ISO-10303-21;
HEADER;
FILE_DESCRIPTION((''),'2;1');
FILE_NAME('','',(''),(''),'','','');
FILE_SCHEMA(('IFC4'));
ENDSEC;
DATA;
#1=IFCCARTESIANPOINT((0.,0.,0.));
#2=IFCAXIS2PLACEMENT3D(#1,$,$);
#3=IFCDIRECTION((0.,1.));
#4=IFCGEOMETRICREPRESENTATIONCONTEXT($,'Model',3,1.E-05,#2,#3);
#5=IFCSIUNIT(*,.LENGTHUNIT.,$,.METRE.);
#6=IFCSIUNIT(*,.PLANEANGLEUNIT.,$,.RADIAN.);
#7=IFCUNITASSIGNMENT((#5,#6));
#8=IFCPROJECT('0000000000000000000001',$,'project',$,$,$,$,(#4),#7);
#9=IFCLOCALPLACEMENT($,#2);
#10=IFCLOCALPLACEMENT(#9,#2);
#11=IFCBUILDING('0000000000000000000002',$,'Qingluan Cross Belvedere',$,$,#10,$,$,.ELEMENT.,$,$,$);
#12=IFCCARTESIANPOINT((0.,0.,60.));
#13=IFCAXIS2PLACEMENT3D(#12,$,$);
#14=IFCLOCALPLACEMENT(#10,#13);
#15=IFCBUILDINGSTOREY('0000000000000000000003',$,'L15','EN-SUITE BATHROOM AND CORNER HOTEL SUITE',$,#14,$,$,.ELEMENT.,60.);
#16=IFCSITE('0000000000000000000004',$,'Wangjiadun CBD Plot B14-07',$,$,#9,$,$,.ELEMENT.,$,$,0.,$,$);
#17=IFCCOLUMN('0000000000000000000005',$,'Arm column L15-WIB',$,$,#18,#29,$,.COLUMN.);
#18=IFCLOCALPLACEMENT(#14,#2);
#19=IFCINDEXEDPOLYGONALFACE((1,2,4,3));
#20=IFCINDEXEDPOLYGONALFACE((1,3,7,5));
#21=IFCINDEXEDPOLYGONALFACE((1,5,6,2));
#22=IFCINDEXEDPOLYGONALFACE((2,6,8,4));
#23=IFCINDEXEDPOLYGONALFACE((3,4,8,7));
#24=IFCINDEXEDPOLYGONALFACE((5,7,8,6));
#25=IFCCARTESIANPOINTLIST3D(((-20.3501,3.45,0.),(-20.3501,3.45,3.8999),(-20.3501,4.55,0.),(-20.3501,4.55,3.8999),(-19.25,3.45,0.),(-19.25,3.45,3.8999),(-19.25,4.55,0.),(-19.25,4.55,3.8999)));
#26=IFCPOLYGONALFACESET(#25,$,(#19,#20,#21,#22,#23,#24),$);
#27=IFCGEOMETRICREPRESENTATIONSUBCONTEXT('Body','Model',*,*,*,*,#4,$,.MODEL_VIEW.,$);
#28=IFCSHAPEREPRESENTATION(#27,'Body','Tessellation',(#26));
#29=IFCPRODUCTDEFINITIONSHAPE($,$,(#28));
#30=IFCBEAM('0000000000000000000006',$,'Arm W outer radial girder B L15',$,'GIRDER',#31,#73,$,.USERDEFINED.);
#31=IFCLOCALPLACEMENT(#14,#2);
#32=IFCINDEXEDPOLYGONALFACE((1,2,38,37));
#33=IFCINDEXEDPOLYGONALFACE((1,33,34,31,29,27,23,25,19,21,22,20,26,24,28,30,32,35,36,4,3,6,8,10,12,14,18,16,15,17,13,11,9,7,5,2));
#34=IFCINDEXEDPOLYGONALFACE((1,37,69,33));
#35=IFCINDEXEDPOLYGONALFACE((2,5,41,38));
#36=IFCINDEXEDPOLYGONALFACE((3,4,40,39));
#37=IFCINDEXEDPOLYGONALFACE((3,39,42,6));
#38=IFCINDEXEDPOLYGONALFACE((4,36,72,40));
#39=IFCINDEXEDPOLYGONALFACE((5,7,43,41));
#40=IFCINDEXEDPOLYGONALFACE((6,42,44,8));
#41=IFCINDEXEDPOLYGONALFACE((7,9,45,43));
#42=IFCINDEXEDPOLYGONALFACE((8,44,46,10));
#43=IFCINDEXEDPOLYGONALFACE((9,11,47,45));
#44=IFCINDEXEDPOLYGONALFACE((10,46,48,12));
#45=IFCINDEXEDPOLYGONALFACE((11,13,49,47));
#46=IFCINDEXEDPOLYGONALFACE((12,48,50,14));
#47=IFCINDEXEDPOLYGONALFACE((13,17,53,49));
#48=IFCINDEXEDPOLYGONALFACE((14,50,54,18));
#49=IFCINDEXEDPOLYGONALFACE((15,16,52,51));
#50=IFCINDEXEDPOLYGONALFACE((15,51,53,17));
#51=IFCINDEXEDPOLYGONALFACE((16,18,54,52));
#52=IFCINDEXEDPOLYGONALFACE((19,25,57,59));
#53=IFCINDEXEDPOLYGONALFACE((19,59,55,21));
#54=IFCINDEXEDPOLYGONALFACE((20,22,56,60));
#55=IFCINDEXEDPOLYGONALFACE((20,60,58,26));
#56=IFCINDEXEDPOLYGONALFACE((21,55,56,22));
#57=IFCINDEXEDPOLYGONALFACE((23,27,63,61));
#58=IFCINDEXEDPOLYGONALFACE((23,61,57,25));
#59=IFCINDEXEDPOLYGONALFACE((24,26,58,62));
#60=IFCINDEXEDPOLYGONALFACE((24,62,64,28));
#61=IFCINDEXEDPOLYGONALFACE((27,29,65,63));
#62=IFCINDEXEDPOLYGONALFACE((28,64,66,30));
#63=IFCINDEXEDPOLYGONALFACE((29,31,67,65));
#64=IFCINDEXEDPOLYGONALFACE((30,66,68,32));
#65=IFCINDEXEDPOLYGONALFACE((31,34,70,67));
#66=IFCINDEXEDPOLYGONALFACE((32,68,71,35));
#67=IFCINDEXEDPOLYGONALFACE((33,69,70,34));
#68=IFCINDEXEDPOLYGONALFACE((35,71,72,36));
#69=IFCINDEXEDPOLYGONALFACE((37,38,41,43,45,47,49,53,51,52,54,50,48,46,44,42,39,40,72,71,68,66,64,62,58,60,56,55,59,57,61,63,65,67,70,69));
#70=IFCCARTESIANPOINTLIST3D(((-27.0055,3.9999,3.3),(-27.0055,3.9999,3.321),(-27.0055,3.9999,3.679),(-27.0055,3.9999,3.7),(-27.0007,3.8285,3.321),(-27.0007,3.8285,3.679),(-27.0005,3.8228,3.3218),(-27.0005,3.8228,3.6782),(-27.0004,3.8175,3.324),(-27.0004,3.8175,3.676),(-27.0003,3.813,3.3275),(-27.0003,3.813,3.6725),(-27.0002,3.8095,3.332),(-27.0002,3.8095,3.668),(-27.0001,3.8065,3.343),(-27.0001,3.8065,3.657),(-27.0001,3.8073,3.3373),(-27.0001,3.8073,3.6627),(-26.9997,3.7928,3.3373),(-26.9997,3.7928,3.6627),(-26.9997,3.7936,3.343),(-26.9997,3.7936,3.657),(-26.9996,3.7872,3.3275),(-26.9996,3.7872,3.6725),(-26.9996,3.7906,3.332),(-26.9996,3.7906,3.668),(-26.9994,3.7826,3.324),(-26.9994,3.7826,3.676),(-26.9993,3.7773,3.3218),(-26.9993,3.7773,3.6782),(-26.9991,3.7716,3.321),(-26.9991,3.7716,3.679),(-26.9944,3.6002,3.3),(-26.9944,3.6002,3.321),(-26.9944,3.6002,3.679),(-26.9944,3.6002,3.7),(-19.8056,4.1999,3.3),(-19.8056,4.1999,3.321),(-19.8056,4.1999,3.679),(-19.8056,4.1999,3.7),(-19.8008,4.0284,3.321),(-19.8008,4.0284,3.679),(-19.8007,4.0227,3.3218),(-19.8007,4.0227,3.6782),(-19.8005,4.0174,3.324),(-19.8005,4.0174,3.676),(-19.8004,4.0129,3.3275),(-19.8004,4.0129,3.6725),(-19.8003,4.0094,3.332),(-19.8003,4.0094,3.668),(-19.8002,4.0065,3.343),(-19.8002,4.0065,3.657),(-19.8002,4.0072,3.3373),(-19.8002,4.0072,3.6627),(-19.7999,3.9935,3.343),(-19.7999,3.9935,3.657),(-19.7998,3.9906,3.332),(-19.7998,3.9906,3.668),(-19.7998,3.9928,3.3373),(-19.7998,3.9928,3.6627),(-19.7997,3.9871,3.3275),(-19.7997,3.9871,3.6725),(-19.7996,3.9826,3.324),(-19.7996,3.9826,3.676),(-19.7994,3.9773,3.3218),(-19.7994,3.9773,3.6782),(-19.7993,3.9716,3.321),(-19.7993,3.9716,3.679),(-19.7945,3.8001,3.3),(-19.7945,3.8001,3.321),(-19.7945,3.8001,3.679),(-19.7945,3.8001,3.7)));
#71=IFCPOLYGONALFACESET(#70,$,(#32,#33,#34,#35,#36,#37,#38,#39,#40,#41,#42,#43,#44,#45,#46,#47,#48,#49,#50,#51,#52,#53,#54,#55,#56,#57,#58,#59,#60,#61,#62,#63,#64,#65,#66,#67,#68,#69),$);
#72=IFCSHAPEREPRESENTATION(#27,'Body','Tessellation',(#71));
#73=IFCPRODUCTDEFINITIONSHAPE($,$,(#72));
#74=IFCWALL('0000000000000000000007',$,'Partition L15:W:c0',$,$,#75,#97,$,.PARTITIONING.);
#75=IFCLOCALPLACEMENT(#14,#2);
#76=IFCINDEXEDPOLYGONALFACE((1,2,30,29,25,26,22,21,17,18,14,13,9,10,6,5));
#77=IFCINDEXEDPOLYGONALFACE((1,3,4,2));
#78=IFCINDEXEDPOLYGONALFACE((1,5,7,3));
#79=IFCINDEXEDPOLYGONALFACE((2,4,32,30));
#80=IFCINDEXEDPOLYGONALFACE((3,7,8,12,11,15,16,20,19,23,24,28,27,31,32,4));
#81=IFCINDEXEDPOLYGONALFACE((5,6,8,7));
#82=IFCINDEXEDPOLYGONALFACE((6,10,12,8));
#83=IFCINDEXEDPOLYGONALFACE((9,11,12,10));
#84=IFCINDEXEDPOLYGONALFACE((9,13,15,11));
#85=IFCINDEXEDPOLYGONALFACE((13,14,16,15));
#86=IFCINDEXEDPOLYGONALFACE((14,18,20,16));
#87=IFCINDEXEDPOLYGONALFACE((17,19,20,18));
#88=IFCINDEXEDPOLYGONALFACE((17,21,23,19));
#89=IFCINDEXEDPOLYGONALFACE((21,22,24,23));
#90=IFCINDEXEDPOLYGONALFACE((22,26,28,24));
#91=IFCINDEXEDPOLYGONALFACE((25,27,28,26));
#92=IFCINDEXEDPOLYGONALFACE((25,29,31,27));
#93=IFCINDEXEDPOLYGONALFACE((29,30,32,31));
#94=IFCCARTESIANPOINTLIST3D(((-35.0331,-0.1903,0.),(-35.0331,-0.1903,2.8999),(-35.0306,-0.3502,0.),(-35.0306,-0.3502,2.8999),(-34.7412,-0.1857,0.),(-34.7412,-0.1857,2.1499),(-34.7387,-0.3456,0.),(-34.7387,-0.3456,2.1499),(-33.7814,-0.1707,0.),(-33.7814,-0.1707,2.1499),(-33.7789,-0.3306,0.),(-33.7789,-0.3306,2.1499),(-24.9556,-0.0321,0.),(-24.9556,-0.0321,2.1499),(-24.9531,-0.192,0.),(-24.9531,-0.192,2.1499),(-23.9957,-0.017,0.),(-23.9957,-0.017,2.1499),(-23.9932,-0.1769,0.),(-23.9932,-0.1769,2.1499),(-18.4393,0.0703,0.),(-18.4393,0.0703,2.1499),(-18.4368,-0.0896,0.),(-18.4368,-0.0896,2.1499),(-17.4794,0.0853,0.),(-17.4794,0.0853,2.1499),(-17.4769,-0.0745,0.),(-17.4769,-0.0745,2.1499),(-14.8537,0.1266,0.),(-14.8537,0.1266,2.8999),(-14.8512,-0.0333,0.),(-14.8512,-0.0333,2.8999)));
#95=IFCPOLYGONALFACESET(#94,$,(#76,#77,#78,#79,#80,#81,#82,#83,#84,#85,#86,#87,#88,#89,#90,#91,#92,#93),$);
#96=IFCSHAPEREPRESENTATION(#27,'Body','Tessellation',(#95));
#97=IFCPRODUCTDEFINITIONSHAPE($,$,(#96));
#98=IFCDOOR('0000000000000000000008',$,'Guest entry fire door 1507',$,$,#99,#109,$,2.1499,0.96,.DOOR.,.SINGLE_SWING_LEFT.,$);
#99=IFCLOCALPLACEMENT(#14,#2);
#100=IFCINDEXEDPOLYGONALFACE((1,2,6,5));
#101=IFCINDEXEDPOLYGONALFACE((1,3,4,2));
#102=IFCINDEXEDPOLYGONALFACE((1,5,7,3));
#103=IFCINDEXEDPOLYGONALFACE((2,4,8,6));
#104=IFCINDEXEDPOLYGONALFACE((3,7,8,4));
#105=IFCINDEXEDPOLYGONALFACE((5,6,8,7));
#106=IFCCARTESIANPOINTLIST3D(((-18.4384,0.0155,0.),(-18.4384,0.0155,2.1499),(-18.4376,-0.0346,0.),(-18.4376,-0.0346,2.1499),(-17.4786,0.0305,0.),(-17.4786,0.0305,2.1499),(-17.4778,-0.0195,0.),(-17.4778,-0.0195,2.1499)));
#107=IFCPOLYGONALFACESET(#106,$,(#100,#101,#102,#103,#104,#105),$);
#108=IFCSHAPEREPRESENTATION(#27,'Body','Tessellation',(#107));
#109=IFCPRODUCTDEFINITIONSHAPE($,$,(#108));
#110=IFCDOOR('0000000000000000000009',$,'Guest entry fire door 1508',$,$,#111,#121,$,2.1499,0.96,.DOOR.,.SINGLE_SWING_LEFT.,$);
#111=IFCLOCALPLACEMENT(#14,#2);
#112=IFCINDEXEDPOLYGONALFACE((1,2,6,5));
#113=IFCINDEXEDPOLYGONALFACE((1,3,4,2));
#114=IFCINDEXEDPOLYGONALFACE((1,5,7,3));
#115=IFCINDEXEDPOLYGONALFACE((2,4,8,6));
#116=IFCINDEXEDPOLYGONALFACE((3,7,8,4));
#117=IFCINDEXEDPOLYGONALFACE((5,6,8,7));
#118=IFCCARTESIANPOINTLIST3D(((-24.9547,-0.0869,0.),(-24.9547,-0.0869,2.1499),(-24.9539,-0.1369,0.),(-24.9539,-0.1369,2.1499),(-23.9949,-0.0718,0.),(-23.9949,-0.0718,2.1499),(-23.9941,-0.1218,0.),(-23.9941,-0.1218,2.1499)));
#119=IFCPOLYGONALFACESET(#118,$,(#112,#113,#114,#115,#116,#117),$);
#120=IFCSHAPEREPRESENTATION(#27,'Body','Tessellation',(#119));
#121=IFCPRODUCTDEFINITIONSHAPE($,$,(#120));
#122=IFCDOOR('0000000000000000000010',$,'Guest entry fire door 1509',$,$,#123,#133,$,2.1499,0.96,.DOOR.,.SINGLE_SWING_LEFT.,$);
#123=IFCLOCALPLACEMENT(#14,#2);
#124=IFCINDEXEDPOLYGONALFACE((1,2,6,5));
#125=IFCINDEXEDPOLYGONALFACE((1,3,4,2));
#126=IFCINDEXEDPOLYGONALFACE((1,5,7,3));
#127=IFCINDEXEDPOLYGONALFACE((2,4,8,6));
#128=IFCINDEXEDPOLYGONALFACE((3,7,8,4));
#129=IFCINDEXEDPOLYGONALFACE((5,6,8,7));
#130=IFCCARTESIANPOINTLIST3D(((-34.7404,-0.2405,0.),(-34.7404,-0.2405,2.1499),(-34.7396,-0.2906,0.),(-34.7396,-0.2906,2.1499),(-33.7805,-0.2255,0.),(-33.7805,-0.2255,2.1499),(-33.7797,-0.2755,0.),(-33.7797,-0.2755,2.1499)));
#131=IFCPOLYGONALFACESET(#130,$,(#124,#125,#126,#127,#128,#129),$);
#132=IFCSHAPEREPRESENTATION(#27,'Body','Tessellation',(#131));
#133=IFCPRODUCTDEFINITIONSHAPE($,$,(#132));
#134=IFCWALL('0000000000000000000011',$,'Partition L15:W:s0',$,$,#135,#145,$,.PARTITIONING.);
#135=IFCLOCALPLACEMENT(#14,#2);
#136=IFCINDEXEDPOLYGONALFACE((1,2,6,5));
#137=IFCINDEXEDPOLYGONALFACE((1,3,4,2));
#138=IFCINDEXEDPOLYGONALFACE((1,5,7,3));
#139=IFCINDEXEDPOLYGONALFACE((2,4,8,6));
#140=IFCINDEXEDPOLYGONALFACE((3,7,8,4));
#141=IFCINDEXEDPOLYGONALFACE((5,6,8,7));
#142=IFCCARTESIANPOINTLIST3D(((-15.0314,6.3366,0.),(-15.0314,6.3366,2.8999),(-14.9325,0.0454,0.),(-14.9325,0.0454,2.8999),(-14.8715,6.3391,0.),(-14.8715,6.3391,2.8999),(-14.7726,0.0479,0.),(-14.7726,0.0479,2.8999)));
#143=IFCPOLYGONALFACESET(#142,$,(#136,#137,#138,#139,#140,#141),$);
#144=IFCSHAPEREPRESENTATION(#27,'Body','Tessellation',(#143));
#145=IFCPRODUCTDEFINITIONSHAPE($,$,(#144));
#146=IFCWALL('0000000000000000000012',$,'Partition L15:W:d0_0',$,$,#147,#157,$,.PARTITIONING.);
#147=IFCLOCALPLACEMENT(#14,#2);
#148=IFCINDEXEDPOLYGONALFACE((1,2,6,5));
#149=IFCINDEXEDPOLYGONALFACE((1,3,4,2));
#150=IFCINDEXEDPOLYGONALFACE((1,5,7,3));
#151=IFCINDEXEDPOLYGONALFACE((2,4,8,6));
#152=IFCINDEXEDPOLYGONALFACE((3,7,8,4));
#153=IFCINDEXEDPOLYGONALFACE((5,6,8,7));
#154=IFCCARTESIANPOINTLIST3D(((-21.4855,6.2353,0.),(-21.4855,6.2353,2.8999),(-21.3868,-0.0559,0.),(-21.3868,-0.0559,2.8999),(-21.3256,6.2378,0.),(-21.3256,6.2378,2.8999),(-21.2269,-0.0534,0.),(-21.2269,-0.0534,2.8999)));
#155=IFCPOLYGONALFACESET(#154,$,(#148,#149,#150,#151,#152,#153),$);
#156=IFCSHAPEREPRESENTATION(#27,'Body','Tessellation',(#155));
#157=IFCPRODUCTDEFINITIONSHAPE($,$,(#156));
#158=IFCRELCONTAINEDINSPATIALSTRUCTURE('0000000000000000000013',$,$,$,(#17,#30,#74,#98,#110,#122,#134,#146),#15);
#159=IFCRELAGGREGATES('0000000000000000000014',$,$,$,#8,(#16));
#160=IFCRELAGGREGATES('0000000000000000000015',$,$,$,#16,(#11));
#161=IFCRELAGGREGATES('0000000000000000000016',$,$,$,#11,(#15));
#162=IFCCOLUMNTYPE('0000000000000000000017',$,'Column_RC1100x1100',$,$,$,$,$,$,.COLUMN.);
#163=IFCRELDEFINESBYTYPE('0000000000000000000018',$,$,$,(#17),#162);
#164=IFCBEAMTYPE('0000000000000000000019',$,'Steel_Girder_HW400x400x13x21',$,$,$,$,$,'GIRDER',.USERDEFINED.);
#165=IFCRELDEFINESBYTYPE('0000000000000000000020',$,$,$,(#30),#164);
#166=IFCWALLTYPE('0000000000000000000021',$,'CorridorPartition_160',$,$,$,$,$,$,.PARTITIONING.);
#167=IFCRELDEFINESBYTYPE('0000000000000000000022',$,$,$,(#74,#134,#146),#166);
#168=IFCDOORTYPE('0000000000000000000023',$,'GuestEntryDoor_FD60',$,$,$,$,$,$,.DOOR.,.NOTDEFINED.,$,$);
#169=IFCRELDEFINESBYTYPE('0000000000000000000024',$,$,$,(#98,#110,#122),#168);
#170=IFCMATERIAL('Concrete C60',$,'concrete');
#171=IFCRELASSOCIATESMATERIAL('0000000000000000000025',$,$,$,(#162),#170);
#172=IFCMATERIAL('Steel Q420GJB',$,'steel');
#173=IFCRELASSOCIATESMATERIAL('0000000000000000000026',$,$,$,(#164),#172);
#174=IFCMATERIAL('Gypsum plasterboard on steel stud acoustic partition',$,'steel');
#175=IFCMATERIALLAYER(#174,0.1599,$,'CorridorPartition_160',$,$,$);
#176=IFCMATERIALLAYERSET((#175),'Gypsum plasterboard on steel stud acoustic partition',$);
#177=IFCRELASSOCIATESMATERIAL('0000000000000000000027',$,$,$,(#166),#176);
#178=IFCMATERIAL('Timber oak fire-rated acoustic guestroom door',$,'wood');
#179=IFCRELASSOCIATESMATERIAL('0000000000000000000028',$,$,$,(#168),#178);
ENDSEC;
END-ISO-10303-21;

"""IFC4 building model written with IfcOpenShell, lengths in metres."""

from ifc_helpers import new_model, si_unit, direction, frame, frame_2d, origin, origin_2d, place, context, subcontext, project, spatial, rectangle, i_section, extrude, material, layer, layer_set, material_profile, profile_set, type_object, element, fill, save


model = new_model("IFC4")

# Units and contexts
model_context = context("Model", 3, precision=1e-05, world=origin(), true_north=direction((0.0, 1.0)))
body_context = subcontext(model_context, "Body", "Model", "MODEL_VIEW")
ifc_project = project(units=[si_unit("LENGTHUNIT", "METRE"), si_unit("PLANEANGLEUNIT", "RADIAN")], contexts=[model_context])

# Site, building, storey
site_placement = place(None, origin())
site = spatial("IfcSite", under=ifc_project, at=site_placement, Name="Wangjiadun CBD Plot B14-07", CompositionType="ELEMENT", RefElevation=0.0)
building_placement = place(site_placement, origin())
building = spatial("IfcBuilding", under=site, at=building_placement, Name="Qingluan Cross Belvedere", CompositionType="ELEMENT")
storey_placement = place(building_placement, frame((0.0, 0.0, 60.0)))
storey = spatial("IfcBuildingStorey", under=building, at=storey_placement, Name="L15", Description="EN-SUITE BATHROOM AND CORNER HOTEL SUITE", CompositionType="ELEMENT", Elevation=60.0)

# Column
ifc_material_1 = material(Name="Concrete C60", Category="concrete")
ifc_material_profile_1 = material_profile(ifc_material_1, rectangle(XDim=1.1001, YDim=1.1001, at=origin_2d()), Name="RC1100x1100")
ifc_profile_set_1 = profile_set([ifc_material_profile_1], Name="Concrete C60")
column_type = type_object("IfcColumnType", Name="Column_RC1100x1100", PredefinedType="COLUMN", material=ifc_profile_set_1)
column_placement = place(storey_placement, frame((-19.8, 4.0, 0.0), z_axis=(0.0, 0.0, 1.0), x_axis=(1.0, 0.0, 0.0)))
element("IfcColumn", 1, at=column_placement, inside=storey, type_object=column_type, Name="Arm column L15-WIB", PredefinedType="COLUMN", context=body_context, shape_type="SweptSolid", body=[
    extrude(rectangle(XDim=1.1001, YDim=1.1001, at=origin_2d()), origin(), (0.0, 0.0, 1.0), 3.8999),
])

# Beam
ifc_material_2 = material(Name="Steel Q420GJB", Category="steel")
ifc_material_profile_2 = material_profile(ifc_material_2, i_section(OverallWidth=0.3999, OverallDepth=0.3999, WebThickness=0.0129, FlangeThickness=0.021, FilletRadius=0.022, at=origin_2d()), Name="HW400x400x13x21")
ifc_profile_set_2 = profile_set([ifc_material_profile_2], Name="Steel Q420GJB")
beam_type = type_object("IfcBeamType", Name="Steel_Girder_HW400x400x13x21", ElementType="GIRDER", PredefinedType="USERDEFINED", material=ifc_profile_set_2)
beam_placement = place(storey_placement, frame((-19.8, 4.0, 3.5), z_axis=(-0.999615, -0.02776, 0.0), x_axis=(0.02776, -0.999615, 0.0)))
element("IfcBeam", 2, at=beam_placement, inside=storey, type_object=beam_type, Name="Arm W outer radial girder B L15", ObjectType="GIRDER", PredefinedType="USERDEFINED", context=body_context, shape_type="SweptSolid", body=[
    extrude(i_section(OverallWidth=0.3999, OverallDepth=0.3999, WebThickness=0.0129, FlangeThickness=0.021, FilletRadius=0.022, at=origin_2d()), origin(), (0.0, 0.0, 1.0), 7.2026),
])

# Wall, openings, doors
ifc_material_3 = material(Name="Gypsum plasterboard on steel stud acoustic partition", Category="steel")
ifc_layer_1 = layer(ifc_material_3, 0.1599, Name="CorridorPartition_160")
ifc_layer_set_1 = layer_set([ifc_layer_1], Name="Gypsum plasterboard on steel stud acoustic partition")
wall_type_1 = type_object("IfcWallType", Name="CorridorPartition_160", PredefinedType="PARTITIONING", material=ifc_layer_set_1)
wall_1_placement = place(storey_placement, frame((-14.8525, 0.0466, 0.0), z_axis=(0.0, 0.0, 1.0), x_axis=(-0.999877, -0.015702, 0.0)))
wall_1 = element("IfcWall", 3, at=wall_1_placement, inside=storey, type_object=wall_type_1, Name="Partition L15:W:c0", PredefinedType="PARTITIONING", context=body_context, shape_type="SweptSolid", body=[
    extrude(rectangle(XDim=20.1819, YDim=0.1599, at=frame_2d((10.0908, 0.0))), origin(), (0.0, 0.0, 1.0), 2.8999),
])
opening_1_placement = place(wall_1_placement, frame((2.626, 0.0, 0.0)))
opening_1 = element("IfcOpeningElement", 4, at=opening_1_placement, cuts=wall_1, PredefinedType="OPENING", context=body_context, shape_type="SweptSolid", body=[
    extrude(rectangle(XDim=0.96, YDim=2.1499, at=frame_2d((0.48, 1.075))), frame((0.0, 0.0898, 0.0), z_axis=(0.0, -1.0, 0.0), x_axis=(1.0, 0.0, 0.0)), (0.0, 0.0, 1.0), 0.1799),
])
opening_2_placement = place(wall_1_placement, frame((9.1431, 0.0, 0.0)))
opening_2 = element("IfcOpeningElement", 5, at=opening_2_placement, cuts=wall_1, PredefinedType="OPENING", context=body_context, shape_type="SweptSolid", body=[
    extrude(rectangle(XDim=0.96, YDim=2.1499, at=frame_2d((0.48, 1.075))), frame((0.0, 0.0898, 0.0), z_axis=(0.0, -1.0, 0.0), x_axis=(1.0, 0.0, 0.0)), (0.0, 0.0, 1.0), 0.1799),
])
opening_3_placement = place(wall_1_placement, frame((18.9299, 0.0, 0.0)))
opening_3 = element("IfcOpeningElement", 6, at=opening_3_placement, cuts=wall_1, PredefinedType="OPENING", context=body_context, shape_type="SweptSolid", body=[
    extrude(rectangle(XDim=0.96, YDim=2.1499, at=frame_2d((0.48, 1.075))), frame((0.0, 0.0898, 0.0), z_axis=(0.0, -1.0, 0.0), x_axis=(1.0, 0.0, 0.0)), (0.0, 0.0, 1.0), 0.1799),
])
ifc_material_4 = material(Name="Timber oak fire-rated acoustic guestroom door", Category="wood")
door_type_1 = type_object("IfcDoorType", Name="GuestEntryDoor_FD60", OperationType="NOTDEFINED", PredefinedType="DOOR", material=ifc_material_4)
door_1_placement = place(opening_1_placement, origin())
door_1 = element("IfcDoor", 7, at=door_1_placement, inside=storey, type_object=door_type_1, Name="Guest entry fire door 1507", OperationType="SINGLE_SWING_LEFT", OverallHeight=2.1499, OverallWidth=0.96, PredefinedType="DOOR", context=body_context, shape_type="SweptSolid", body=[
    extrude(rectangle(XDim=0.96, YDim=2.1499, at=frame_2d((0.48, 1.075))), frame((0.0, 0.0249, 0.0), z_axis=(0.0, -1.0, 0.0), x_axis=(1.0, 0.0, 0.0)), (0.0, 0.0, 1.0), 0.05),
])
fill(opening_1, door_1)
door_2_placement = place(opening_2_placement, origin())
door_2 = element("IfcDoor", 8, at=door_2_placement, inside=storey, type_object=door_type_1, Name="Guest entry fire door 1508", OperationType="SINGLE_SWING_LEFT", OverallHeight=2.1499, OverallWidth=0.96, PredefinedType="DOOR", context=body_context, shape_type="SweptSolid", body=[
    extrude(rectangle(XDim=0.96, YDim=2.1499, at=frame_2d((0.48, 1.075))), frame((0.0, 0.0249, 0.0), z_axis=(0.0, -1.0, 0.0), x_axis=(1.0, 0.0, 0.0)), (0.0, 0.0, 1.0), 0.05),
])
fill(opening_2, door_2)
door_3_placement = place(opening_3_placement, origin())
door_3 = element("IfcDoor", 9, at=door_3_placement, inside=storey, type_object=door_type_1, Name="Guest entry fire door 1509", OperationType="SINGLE_SWING_LEFT", OverallHeight=2.1499, OverallWidth=0.96, PredefinedType="DOOR", context=body_context, shape_type="SweptSolid", body=[
    extrude(rectangle(XDim=0.96, YDim=2.1499, at=frame_2d((0.48, 1.075))), frame((0.0, 0.0249, 0.0), z_axis=(0.0, -1.0, 0.0), x_axis=(1.0, 0.0, 0.0)), (0.0, 0.0, 1.0), 0.05),
])
fill(opening_3, door_3)

# Walls
for number, where, z_axis, x_axis, name in (
    (10, (-14.8525, 0.0466, 0.0), (0.0, 0.0, 1.0), (-0.015715, 0.999877, 0.0), "Partition L15:W:s0"),
    (11, (-21.3069, -0.0547, 0.0), (0.0, 0.0, 1.0), (-0.015676, 0.999877, 0.0), "Partition L15:W:d0_0"),
):
    element("IfcWall", number, at=place(storey_placement, frame(where, z_axis=z_axis, x_axis=x_axis)), inside=storey, type_object=wall_type_1, Name=name, PredefinedType="PARTITIONING", context=body_context, shape_type="SweptSolid", body=[
        extrude(rectangle(XDim=6.292, YDim=0.1599, at=frame_2d((3.146, 0.0))), origin(), (0.0, 0.0, 1.0), 2.8999),
    ])

save(model, "model.ifc")
